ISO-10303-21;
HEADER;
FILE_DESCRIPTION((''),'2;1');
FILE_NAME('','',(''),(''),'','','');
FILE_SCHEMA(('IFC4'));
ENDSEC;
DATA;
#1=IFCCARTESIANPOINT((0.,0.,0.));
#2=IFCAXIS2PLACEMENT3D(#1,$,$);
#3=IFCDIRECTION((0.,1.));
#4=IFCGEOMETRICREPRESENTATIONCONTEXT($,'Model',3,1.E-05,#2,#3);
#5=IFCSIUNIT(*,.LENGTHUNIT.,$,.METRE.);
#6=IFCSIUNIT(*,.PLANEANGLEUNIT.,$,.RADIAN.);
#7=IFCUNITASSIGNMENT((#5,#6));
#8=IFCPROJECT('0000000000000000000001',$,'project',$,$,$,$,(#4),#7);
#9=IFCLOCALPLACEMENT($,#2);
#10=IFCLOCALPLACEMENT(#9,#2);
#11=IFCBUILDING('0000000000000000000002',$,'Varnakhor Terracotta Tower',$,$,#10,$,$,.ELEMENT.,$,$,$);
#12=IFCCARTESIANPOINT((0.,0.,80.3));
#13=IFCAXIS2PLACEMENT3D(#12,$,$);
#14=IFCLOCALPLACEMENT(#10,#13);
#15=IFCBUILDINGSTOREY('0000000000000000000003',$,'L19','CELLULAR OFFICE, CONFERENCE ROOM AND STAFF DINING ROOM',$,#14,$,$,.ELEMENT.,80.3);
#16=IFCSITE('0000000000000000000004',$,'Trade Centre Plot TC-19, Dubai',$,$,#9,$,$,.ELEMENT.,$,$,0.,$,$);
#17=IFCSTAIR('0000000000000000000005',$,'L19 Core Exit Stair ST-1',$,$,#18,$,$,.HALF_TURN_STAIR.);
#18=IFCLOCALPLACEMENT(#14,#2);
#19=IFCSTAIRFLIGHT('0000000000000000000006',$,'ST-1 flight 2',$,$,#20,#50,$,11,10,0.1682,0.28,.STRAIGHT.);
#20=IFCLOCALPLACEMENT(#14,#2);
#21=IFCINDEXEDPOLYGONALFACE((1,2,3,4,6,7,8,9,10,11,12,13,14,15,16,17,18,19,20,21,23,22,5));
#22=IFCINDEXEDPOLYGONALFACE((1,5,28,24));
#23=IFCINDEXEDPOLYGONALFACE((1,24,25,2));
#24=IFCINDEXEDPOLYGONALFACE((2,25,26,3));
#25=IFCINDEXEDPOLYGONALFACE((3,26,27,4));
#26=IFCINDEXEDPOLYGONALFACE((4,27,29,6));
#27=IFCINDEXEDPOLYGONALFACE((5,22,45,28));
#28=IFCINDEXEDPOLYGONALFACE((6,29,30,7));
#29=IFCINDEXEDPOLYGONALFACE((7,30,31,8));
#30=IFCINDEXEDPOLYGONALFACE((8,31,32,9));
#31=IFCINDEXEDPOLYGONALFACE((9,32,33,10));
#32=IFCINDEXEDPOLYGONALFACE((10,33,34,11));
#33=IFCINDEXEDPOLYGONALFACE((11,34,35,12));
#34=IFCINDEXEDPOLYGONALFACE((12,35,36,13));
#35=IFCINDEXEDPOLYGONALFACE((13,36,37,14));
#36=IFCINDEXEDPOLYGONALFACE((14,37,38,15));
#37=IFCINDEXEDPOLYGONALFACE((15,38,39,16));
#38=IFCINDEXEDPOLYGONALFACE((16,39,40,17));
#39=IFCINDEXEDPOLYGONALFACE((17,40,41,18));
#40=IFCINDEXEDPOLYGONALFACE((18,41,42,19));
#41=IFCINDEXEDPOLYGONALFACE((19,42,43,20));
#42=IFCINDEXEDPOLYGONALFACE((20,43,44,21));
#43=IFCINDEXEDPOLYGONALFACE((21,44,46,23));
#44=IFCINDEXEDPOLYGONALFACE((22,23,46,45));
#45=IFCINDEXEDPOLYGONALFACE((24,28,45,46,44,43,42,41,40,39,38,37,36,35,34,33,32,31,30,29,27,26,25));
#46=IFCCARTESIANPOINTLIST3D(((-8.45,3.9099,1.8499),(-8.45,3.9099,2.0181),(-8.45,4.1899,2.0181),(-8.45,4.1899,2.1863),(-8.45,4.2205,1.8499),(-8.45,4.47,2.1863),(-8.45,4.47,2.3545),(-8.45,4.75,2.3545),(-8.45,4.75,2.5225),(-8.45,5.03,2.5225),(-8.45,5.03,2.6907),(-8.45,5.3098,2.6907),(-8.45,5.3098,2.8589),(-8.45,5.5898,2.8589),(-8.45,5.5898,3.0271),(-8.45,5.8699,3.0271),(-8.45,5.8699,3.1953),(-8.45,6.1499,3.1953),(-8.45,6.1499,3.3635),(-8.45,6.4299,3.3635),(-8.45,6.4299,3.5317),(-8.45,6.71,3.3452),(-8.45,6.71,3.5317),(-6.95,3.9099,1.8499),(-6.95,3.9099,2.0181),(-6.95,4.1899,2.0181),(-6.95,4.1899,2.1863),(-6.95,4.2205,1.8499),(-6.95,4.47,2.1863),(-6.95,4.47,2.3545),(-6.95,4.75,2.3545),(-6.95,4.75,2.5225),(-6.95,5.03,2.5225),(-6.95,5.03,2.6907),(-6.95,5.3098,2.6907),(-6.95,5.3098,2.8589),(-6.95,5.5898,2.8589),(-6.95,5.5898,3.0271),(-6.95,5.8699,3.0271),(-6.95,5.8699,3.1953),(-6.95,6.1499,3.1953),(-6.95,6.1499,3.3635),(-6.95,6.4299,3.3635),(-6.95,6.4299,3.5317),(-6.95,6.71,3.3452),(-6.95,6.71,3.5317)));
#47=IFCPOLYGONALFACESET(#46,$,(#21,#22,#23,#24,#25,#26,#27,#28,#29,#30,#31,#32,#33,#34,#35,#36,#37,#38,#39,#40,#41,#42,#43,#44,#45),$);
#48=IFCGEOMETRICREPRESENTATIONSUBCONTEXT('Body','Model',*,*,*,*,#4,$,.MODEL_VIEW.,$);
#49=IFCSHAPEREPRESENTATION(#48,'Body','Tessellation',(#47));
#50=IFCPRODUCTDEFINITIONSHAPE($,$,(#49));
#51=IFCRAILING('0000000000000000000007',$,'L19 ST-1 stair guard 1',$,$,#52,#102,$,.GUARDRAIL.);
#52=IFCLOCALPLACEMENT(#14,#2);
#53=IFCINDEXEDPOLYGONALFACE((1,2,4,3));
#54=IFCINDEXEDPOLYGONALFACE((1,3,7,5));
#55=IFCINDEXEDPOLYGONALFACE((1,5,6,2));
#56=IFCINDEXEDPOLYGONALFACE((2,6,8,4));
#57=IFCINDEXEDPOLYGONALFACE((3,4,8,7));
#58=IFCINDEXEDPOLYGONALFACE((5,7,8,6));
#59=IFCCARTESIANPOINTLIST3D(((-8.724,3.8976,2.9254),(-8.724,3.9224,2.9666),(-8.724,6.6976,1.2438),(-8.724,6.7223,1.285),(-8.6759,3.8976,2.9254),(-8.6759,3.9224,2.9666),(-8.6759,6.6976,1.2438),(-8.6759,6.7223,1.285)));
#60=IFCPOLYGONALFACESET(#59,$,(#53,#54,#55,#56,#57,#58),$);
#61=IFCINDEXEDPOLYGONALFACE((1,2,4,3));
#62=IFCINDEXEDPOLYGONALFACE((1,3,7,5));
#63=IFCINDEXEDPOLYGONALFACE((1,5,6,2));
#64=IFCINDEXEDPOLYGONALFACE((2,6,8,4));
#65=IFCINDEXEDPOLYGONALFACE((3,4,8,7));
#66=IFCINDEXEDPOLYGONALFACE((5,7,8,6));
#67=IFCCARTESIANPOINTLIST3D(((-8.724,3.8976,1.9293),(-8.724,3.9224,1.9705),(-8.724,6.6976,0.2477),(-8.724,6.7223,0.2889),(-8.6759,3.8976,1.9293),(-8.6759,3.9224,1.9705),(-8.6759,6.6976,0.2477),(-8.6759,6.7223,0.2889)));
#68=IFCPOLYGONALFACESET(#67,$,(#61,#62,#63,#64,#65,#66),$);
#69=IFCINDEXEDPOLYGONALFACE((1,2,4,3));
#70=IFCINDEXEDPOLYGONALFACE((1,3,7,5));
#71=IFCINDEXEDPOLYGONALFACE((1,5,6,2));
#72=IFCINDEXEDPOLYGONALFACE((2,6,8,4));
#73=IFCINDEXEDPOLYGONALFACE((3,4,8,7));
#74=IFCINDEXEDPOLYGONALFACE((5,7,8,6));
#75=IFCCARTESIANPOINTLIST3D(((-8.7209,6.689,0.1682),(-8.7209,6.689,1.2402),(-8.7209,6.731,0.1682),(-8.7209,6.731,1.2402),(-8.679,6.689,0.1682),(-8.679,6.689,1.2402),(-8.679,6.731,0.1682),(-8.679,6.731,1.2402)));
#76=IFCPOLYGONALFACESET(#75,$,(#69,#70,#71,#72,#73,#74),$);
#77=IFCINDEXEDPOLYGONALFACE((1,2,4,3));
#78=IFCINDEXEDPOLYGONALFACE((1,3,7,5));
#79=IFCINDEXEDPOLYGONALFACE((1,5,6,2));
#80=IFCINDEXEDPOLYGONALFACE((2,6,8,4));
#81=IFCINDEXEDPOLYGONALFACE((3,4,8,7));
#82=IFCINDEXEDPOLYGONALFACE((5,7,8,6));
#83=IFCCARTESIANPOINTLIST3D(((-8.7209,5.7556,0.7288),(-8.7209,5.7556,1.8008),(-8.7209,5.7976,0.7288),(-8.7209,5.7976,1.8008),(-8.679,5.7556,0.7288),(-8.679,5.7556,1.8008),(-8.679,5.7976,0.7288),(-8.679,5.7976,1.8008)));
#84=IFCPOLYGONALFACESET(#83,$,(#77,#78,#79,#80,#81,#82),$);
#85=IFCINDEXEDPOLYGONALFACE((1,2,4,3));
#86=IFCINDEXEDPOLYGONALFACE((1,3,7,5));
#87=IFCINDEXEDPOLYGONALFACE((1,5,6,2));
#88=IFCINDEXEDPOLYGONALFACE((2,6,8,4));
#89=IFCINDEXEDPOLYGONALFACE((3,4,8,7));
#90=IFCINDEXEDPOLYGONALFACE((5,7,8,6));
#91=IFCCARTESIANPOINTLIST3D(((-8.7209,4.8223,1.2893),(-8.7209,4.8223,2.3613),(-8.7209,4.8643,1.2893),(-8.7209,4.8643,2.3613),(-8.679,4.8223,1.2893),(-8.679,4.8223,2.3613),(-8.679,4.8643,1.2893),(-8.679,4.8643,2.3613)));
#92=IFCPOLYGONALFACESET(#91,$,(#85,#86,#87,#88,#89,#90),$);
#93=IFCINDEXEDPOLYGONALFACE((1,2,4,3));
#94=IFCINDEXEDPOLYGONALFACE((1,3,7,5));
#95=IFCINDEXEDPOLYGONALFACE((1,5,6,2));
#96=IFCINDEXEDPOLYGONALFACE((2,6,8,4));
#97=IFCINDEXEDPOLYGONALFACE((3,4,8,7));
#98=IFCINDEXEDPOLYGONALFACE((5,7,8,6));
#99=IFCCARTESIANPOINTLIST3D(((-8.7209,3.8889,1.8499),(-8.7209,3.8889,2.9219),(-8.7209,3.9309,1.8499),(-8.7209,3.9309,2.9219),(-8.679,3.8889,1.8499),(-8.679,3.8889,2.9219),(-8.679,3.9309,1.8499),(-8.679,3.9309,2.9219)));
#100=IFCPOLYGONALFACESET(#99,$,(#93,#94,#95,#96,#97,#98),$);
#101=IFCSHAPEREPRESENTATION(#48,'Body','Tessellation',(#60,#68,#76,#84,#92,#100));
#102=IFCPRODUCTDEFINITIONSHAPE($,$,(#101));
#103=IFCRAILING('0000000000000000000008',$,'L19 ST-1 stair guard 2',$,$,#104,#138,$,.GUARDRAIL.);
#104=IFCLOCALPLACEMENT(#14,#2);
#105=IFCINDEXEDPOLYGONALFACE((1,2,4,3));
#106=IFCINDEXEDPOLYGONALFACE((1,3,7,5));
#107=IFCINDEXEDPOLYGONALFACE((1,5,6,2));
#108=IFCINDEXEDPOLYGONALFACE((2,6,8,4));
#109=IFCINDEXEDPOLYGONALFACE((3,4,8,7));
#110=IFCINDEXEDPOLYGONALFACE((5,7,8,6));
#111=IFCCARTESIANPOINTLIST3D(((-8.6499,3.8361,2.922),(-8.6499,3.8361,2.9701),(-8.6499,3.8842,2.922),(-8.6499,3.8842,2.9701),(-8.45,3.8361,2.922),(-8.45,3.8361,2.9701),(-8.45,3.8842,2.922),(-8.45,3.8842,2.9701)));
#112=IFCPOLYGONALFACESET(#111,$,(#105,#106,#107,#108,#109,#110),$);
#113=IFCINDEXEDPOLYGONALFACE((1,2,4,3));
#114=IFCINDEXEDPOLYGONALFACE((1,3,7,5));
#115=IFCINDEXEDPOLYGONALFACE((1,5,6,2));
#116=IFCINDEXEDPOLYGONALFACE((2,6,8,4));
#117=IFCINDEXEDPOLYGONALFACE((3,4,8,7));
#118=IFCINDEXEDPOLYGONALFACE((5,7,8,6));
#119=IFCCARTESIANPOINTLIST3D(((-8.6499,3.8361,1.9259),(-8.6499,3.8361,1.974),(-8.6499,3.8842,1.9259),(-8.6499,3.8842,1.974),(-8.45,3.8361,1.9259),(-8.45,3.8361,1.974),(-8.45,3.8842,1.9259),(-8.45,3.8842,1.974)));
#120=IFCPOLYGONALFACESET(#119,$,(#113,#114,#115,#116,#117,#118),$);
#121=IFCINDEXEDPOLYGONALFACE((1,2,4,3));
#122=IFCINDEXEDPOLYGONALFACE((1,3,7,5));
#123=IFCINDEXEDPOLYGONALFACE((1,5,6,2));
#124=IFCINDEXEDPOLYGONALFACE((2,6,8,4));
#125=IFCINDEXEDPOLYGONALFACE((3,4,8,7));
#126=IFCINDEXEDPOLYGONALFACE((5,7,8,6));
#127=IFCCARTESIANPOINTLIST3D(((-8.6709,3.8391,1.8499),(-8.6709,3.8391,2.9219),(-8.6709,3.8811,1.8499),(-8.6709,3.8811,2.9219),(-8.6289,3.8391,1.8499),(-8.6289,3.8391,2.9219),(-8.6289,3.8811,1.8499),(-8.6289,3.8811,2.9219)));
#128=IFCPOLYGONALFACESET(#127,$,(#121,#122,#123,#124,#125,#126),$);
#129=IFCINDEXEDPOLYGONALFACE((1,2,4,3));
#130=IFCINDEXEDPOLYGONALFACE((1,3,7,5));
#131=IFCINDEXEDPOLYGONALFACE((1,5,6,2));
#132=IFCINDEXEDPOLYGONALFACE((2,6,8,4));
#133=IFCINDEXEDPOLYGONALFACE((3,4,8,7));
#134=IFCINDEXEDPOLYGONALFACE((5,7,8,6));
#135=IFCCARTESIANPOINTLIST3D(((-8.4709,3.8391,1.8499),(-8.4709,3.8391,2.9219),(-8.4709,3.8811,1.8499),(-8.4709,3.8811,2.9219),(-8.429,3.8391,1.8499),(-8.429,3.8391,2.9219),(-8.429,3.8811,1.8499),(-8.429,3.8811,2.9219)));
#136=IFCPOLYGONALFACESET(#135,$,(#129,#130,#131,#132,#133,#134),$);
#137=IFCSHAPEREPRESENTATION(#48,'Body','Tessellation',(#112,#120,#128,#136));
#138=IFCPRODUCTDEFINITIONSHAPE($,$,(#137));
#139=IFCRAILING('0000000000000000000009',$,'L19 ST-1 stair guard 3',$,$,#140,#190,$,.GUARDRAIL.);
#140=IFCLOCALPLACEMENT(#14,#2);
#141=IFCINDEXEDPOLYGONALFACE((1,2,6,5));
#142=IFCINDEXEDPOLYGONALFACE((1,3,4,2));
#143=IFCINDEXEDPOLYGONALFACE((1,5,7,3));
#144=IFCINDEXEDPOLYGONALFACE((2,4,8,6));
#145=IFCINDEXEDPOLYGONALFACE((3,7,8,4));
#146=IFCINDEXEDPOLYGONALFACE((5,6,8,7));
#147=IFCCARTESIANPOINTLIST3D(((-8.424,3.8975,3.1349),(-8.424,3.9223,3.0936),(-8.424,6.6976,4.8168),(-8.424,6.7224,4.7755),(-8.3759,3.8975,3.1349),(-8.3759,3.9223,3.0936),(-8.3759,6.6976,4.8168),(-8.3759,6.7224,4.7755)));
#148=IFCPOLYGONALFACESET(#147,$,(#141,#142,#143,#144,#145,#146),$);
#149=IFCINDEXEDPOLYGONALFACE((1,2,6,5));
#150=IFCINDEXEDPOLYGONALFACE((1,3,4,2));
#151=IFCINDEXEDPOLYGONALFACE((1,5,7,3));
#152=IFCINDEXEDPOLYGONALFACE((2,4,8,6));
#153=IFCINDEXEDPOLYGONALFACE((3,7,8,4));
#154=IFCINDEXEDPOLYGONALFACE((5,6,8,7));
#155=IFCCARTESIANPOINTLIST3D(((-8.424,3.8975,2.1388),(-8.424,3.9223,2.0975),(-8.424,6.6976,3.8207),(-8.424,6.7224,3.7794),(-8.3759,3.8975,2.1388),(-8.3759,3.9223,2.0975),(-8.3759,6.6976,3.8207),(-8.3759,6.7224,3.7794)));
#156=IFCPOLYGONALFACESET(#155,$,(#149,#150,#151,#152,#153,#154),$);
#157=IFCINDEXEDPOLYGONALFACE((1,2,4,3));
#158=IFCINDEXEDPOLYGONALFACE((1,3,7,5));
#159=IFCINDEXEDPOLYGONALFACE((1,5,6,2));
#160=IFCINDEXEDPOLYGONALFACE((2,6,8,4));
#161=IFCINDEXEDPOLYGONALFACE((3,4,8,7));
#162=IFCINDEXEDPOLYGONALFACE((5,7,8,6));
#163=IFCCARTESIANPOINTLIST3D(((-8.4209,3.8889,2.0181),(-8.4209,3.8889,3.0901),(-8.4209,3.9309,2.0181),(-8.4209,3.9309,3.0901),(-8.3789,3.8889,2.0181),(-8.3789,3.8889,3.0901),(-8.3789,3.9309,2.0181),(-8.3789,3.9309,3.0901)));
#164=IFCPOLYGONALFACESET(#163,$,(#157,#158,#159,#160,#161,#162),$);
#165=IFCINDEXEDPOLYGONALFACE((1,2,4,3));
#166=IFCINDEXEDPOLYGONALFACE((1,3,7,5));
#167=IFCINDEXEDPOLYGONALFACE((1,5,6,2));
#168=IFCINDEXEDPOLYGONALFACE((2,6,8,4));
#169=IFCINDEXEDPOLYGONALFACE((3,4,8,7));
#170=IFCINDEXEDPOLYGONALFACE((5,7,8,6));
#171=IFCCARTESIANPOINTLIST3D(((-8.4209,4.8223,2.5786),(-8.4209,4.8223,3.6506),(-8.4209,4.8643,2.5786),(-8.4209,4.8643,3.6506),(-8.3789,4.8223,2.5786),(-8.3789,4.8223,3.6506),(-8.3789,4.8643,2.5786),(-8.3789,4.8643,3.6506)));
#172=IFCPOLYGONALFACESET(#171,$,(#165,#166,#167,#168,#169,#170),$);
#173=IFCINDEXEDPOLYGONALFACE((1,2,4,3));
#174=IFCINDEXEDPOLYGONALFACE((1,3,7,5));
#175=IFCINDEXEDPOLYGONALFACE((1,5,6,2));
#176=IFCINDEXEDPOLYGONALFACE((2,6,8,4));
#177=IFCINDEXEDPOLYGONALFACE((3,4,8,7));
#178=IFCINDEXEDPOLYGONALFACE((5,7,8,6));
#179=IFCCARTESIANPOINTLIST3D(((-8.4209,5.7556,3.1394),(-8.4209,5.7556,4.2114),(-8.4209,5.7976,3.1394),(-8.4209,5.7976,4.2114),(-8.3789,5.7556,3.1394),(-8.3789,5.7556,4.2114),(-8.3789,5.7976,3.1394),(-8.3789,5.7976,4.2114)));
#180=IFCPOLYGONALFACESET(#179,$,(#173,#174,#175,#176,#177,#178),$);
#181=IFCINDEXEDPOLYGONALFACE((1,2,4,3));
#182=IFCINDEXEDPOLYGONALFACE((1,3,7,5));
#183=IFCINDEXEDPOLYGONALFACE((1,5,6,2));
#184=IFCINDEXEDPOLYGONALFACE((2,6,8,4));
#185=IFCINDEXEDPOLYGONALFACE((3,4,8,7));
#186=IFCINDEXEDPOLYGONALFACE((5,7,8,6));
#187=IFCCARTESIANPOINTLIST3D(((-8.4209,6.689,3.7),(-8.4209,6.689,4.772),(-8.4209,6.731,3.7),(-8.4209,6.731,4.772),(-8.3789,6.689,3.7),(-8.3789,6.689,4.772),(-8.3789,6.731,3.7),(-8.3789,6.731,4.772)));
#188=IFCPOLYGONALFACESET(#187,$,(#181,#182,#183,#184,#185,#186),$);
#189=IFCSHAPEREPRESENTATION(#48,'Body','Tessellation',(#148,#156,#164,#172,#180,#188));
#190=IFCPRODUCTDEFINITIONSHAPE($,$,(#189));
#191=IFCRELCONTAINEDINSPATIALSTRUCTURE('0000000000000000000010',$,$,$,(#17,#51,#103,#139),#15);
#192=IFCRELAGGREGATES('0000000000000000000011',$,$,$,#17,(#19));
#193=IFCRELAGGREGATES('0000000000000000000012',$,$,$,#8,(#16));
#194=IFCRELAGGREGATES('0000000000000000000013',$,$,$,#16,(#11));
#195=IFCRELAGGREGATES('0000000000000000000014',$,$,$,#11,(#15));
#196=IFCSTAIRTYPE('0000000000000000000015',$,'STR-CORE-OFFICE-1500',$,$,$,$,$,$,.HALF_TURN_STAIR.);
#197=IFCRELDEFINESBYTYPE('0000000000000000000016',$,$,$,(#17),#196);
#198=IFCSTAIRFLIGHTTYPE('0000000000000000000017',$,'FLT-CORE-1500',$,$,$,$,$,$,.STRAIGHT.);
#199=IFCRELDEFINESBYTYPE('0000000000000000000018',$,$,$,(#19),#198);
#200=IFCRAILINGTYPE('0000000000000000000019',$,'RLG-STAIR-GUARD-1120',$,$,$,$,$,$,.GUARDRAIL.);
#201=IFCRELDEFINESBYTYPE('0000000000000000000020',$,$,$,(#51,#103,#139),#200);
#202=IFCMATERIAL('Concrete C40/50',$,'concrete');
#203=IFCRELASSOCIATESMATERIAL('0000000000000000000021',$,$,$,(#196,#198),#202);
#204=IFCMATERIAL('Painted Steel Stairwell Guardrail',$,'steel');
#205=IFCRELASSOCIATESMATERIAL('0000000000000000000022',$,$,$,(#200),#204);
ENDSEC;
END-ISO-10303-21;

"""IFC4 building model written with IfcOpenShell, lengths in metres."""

from ifc_helpers import new_model, si_unit, direction, frame, origin, origin_2d, place, context, subcontext, project, spatial, polyline, rectangle, outline, extrude, material, type_object, element, aggregate, save


model = new_model("IFC4")

# Units and contexts
model_context = context("Model", 3, precision=1e-05, world=origin(), true_north=direction((0.0, 1.0)))
body_context = subcontext(model_context, "Body", "Model", "MODEL_VIEW")
ifc_project = project(units=[si_unit("LENGTHUNIT", "METRE"), si_unit("PLANEANGLEUNIT", "RADIAN")], contexts=[model_context])

# Site, building, storey
site_placement = place(None, origin())
site = spatial("IfcSite", under=ifc_project, at=site_placement, Name="Trade Centre Plot TC-19, Dubai", CompositionType="ELEMENT", RefElevation=0.0)
building_placement = place(site_placement, origin())
building = spatial("IfcBuilding", under=site, at=building_placement, Name="Varnakhor Terracotta Tower", CompositionType="ELEMENT")
storey_placement = place(building_placement, frame((0.0, 0.0, 80.3)))
storey = spatial("IfcBuildingStorey", under=building, at=storey_placement, Name="L19", Description="CELLULAR OFFICE, CONFERENCE ROOM AND STAFF DINING ROOM", CompositionType="ELEMENT", Elevation=80.3)

# Shared definitions
ifc_material_1 = material(Name="Concrete C40/50", Category="concrete")

# Stair, stair flight
stair_type = type_object("IfcStairType", Name="STR-CORE-OFFICE-1500", PredefinedType="HALF_TURN_STAIR", material=ifc_material_1)
stair_placement = place(storey_placement, origin())
stair = element("IfcStair", 1, at=stair_placement, inside=storey, type_object=stair_type, Name="L19 Core Exit Stair ST-1", PredefinedType="HALF_TURN_STAIR")
stair_flight_type = type_object("IfcStairFlightType", Name="FLT-CORE-1500", PredefinedType="STRAIGHT", material=ifc_material_1)
stair_flight_1_placement = place(storey_placement, frame((-7.7, 3.9099, 1.8499), z_axis=(0.0, 0.0, 1.0), x_axis=(0.0, 1.0, 0.0)))
stair_flight_1 = element("IfcStairFlight", 2, at=stair_flight_1_placement, type_object=stair_flight_type, Name="ST-1 flight 2", NumberOfRisers=11, NumberOfTreads=10, PredefinedType="STRAIGHT", RiserHeight=0.1682, TreadLength=0.28, context=body_context, shape_type="SweptSolid", body=[
    extrude(outline(polyline([(0.0, 0.0), (0.0, 0.1682), (0.28, 0.1682), (0.28, 0.3364), (0.5601, 0.3364), (0.5601, 0.5046), (0.8401, 0.5046), (0.8401, 0.6726), (1.1201, 0.6726), (1.1201, 0.8408), (1.3999, 0.8408), (1.3999, 1.009), (1.6799, 1.009), (1.6799, 1.1772), (1.96, 1.1772), (1.96, 1.3455), (2.24, 1.3455), (2.24, 1.5137), (2.52, 1.5137), (2.52, 1.6819), (2.8, 1.6819), (2.8, 1.8501), (2.8, 1.4954), (0.3105, 0.0), (0.0, 0.0)])), frame((0.0, 0.75, 0.0), z_axis=(0.0, -1.0, 0.0), x_axis=(1.0, 0.0, 0.0)), (0.0, 0.0, 1.0), 1.5),
])
aggregate(stair, [stair_flight_1])

# Railings
ifc_material_2 = material(Name="Painted Steel Stairwell Guardrail", Category="steel")
railing_type_1 = type_object("IfcRailingType", Name="RLG-STAIR-GUARD-1120", PredefinedType="GUARDRAIL", material=ifc_material_2)
railing_1_placement = place(storey_placement, frame((-8.7, 6.71, 0.1682)))
element("IfcRailing", 3, at=railing_1_placement, inside=storey, type_object=railing_type_1, Name="L19 ST-1 stair guard 1", PredefinedType="GUARDRAIL", context=body_context, shape_type="SweptSolid", body=[
    extrude(rectangle(XDim=0.0481, YDim=0.0481, at=origin_2d()), frame((0.0, 0.0, 1.0962), z_axis=(0.0, -0.857275, 0.514858), x_axis=(1.0, 0.0, 0.0)), (0.0, 0.0, 1.0), 3.2661),
    extrude(rectangle(XDim=0.0481, YDim=0.0481, at=origin_2d()), frame((0.0, 0.0, 0.1001), z_axis=(0.0, -0.857275, 0.514858), x_axis=(1.0, 0.0, 0.0)), (0.0, 0.0, 1.0), 3.2661),
    extrude(rectangle(XDim=0.042, YDim=0.042, at=origin_2d()), origin(), (0.0, 0.0, 1.0), 1.072),
    extrude(rectangle(XDim=0.042, YDim=0.042, at=origin_2d()), frame((0.0, -0.9333, 0.5605)), (0.0, 0.0, 1.0), 1.072),
    extrude(rectangle(XDim=0.042, YDim=0.042, at=origin_2d()), frame((0.0, -1.8667, 1.1211)), (0.0, 0.0, 1.0), 1.072),
    extrude(rectangle(XDim=0.042, YDim=0.042, at=origin_2d()), frame((0.0, -2.8, 1.6816)), (0.0, 0.0, 1.0), 1.072),
])
railing_2_placement = place(storey_placement, frame((-8.6499, 3.8601, 1.8499)))
element("IfcRailing", 4, at=railing_2_placement, inside=storey, type_object=railing_type_1, Name="L19 ST-1 stair guard 2", PredefinedType="GUARDRAIL", context=body_context, shape_type="SweptSolid", body=[
    extrude(rectangle(XDim=0.0481, YDim=0.0481, at=origin_2d()), frame((0.0, 0.0, 1.0962), z_axis=(1.0, 0.0, 0.0), x_axis=(0.0, 1.0, 0.0)), (0.0, 0.0, 1.0), 0.2),
    extrude(rectangle(XDim=0.0481, YDim=0.0481, at=origin_2d()), frame((0.0, 0.0, 0.1001), z_axis=(1.0, 0.0, 0.0), x_axis=(0.0, 1.0, 0.0)), (0.0, 0.0, 1.0), 0.2),
    extrude(rectangle(XDim=0.042, YDim=0.042, at=origin_2d()), origin(), (0.0, 0.0, 1.0), 1.072),
    extrude(rectangle(XDim=0.042, YDim=0.042, at=origin_2d()), frame((0.2, 0.0, 0.0)), (0.0, 0.0, 1.0), 1.072),
])
railing_3_placement = place(storey_placement, frame((-8.3999, 3.9099, 2.0181)))
element("IfcRailing", 5, at=railing_3_placement, inside=storey, type_object=railing_type_1, Name="L19 ST-1 stair guard 3", PredefinedType="GUARDRAIL", context=body_context, shape_type="SweptSolid", body=[
    extrude(rectangle(XDim=0.0481, YDim=0.0481, at=origin_2d()), frame((0.0, 0.0, 1.0962), z_axis=(0.0, 0.857242, 0.514913), x_axis=(-1.0, 0.0, 0.0)), (0.0, 0.0, 1.0), 3.2664),
    extrude(rectangle(XDim=0.0481, YDim=0.0481, at=origin_2d()), frame((0.0, 0.0, 0.1001), z_axis=(0.0, 0.857242, 0.514913), x_axis=(-1.0, 0.0, 0.0)), (0.0, 0.0, 1.0), 3.2664),
    extrude(rectangle(XDim=0.042, YDim=0.042, at=origin_2d()), origin(), (0.0, 0.0, 1.0), 1.072),
    extrude(rectangle(XDim=0.042, YDim=0.042, at=origin_2d()), frame((0.0, 0.9333, 0.5605)), (0.0, 0.0, 1.0), 1.072),
    extrude(rectangle(XDim=0.042, YDim=0.042, at=origin_2d()), frame((0.0, 1.8667, 1.1213)), (0.0, 0.0, 1.0), 1.072),
    extrude(rectangle(XDim=0.042, YDim=0.042, at=origin_2d()), frame((0.0, 2.8, 1.6819)), (0.0, 0.0, 1.0), 1.072),
])

save(model, "model.ifc")
